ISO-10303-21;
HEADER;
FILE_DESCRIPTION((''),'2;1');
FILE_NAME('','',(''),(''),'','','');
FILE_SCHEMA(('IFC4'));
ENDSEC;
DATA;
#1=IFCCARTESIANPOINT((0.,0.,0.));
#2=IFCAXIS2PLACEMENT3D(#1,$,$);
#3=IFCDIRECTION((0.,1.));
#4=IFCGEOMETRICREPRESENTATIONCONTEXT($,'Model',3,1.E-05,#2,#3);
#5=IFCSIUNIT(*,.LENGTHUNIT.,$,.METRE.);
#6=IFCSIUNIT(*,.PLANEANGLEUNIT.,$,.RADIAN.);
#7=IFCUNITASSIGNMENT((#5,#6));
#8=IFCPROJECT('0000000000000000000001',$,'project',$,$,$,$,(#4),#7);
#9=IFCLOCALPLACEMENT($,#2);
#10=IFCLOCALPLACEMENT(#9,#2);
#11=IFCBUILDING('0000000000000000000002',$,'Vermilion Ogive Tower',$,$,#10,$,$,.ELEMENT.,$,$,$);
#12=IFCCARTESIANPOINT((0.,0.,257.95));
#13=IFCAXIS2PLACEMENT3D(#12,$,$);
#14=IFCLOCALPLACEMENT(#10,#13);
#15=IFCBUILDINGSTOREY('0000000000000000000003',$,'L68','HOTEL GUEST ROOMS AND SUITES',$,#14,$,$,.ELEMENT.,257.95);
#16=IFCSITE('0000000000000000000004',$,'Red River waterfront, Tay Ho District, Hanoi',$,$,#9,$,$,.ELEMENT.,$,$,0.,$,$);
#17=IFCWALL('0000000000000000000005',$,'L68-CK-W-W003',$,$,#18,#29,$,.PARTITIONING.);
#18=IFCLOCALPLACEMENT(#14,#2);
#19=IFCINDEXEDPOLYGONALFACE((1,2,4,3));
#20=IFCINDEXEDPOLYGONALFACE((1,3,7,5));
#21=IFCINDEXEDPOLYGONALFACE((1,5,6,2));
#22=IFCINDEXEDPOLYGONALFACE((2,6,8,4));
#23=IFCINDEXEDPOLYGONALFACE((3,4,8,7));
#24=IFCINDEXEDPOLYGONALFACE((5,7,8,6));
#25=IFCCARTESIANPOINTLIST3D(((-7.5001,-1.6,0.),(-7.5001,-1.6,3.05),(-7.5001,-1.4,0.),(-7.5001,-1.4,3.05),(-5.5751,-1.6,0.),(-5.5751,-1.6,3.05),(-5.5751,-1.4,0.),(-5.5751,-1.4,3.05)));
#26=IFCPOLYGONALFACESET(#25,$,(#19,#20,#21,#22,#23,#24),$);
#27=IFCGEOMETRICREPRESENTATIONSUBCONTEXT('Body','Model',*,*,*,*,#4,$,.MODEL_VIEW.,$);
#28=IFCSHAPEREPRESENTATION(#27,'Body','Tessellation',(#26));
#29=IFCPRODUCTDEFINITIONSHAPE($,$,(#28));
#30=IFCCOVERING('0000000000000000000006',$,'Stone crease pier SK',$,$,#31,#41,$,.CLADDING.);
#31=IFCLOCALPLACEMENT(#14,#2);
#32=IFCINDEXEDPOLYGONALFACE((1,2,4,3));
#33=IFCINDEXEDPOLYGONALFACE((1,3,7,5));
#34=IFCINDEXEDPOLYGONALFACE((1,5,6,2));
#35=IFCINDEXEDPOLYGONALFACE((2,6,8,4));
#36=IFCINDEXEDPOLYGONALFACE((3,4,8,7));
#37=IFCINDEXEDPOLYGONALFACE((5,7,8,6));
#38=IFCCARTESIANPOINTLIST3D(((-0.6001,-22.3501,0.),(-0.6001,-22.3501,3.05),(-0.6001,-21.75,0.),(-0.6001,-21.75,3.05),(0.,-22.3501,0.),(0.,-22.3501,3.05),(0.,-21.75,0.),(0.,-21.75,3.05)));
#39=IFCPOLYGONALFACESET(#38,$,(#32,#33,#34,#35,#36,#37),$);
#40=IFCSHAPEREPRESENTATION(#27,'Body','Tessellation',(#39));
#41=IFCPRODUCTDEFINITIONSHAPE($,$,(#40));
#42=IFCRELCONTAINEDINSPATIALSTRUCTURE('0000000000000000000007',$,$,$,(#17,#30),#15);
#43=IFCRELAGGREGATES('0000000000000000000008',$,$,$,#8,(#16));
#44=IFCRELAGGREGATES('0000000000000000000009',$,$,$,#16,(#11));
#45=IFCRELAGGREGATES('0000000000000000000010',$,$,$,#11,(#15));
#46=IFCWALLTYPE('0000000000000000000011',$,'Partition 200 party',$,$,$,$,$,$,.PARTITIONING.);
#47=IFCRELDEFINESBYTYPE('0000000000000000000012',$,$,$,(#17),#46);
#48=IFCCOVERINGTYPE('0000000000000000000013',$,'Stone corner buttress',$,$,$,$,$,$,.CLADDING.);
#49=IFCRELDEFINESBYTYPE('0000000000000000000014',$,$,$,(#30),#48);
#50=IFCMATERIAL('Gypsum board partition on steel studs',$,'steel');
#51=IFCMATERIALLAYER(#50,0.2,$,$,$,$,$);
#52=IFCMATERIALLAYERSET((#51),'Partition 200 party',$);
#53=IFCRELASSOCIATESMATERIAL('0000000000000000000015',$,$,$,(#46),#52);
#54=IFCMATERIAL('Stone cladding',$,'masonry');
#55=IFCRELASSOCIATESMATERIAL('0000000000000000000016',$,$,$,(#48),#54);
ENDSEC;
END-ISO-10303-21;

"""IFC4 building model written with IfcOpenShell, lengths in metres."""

from ifc_helpers import new_model, si_unit, direction, frame, frame_2d, origin, place, context, subcontext, project, spatial, polyline, rectangle, outline, extrude, material, layer, layer_set, type_object, element, save


model = new_model("IFC4")

# Units and contexts
model_context = context("Model", 3, precision=1e-05, world=origin(), true_north=direction((0.0, 1.0)))
body_context = subcontext(model_context, "Body", "Model", "MODEL_VIEW")
ifc_project = project(units=[si_unit("LENGTHUNIT", "METRE"), si_unit("PLANEANGLEUNIT", "RADIAN")], contexts=[model_context])

# Site, building, storey
site_placement = place(None, origin())
site = spatial("IfcSite", under=ifc_project, at=site_placement, Name="Red River waterfront, Tay Ho District, Hanoi", CompositionType="ELEMENT", RefElevation=0.0)
building_placement = place(site_placement, origin())
building = spatial("IfcBuilding", under=site, at=building_placement, Name="Vermilion Ogive Tower", CompositionType="ELEMENT")
storey_placement = place(building_placement, frame((0.0, 0.0, 257.95)))
storey = spatial("IfcBuildingStorey", under=building, at=storey_placement, Name="L68", Description="HOTEL GUEST ROOMS AND SUITES", CompositionType="ELEMENT", Elevation=257.95)

# Wall
ifc_material_1 = material(Name="Gypsum board partition on steel studs", Category="steel")
ifc_layer_1 = layer(ifc_material_1, 0.2)
ifc_layer_set_1 = layer_set([ifc_layer_1], Name="Partition 200 party")
wall_type_1 = type_object("IfcWallType", Name="Partition 200 party", PredefinedType="PARTITIONING", material=ifc_layer_set_1)
wall_1_placement = place(storey_placement, frame((-7.5, -1.5, 0.0), z_axis=(0.0, 0.0, 1.0), x_axis=(1.0, 0.0, 0.0)))
element("IfcWall", 1, at=wall_1_placement, inside=storey, type_object=wall_type_1, Name="L68-CK-W-W003", PredefinedType="PARTITIONING", context=body_context, shape_type="SweptSolid", body=[
    extrude(rectangle(XDim=1.925, YDim=0.2, at=frame_2d((0.9624, 0.0))), origin(), (0.0, 0.0, 1.0), 3.05),
])

# Covering
ifc_material_2 = material(Name="Stone cladding", Category="masonry")
covering_type = type_object("IfcCoveringType", Name="Stone corner buttress", PredefinedType="CLADDING", material=ifc_material_2)
covering_placement = place(storey_placement, origin())
element("IfcCovering", 2, at=covering_placement, inside=storey, type_object=covering_type, Name="Stone crease pier SK", PredefinedType="CLADDING", context=body_context, shape_type="SweptSolid", body=[
    extrude(outline(polyline([(-0.6001, -22.3501), (0.0, -22.3501), (0.0, -21.75), (-0.6001, -21.75), (-0.6001, -22.3501)])), origin(), (0.0, 0.0, 1.0), 3.05),
])

save(model, "model.ifc")
